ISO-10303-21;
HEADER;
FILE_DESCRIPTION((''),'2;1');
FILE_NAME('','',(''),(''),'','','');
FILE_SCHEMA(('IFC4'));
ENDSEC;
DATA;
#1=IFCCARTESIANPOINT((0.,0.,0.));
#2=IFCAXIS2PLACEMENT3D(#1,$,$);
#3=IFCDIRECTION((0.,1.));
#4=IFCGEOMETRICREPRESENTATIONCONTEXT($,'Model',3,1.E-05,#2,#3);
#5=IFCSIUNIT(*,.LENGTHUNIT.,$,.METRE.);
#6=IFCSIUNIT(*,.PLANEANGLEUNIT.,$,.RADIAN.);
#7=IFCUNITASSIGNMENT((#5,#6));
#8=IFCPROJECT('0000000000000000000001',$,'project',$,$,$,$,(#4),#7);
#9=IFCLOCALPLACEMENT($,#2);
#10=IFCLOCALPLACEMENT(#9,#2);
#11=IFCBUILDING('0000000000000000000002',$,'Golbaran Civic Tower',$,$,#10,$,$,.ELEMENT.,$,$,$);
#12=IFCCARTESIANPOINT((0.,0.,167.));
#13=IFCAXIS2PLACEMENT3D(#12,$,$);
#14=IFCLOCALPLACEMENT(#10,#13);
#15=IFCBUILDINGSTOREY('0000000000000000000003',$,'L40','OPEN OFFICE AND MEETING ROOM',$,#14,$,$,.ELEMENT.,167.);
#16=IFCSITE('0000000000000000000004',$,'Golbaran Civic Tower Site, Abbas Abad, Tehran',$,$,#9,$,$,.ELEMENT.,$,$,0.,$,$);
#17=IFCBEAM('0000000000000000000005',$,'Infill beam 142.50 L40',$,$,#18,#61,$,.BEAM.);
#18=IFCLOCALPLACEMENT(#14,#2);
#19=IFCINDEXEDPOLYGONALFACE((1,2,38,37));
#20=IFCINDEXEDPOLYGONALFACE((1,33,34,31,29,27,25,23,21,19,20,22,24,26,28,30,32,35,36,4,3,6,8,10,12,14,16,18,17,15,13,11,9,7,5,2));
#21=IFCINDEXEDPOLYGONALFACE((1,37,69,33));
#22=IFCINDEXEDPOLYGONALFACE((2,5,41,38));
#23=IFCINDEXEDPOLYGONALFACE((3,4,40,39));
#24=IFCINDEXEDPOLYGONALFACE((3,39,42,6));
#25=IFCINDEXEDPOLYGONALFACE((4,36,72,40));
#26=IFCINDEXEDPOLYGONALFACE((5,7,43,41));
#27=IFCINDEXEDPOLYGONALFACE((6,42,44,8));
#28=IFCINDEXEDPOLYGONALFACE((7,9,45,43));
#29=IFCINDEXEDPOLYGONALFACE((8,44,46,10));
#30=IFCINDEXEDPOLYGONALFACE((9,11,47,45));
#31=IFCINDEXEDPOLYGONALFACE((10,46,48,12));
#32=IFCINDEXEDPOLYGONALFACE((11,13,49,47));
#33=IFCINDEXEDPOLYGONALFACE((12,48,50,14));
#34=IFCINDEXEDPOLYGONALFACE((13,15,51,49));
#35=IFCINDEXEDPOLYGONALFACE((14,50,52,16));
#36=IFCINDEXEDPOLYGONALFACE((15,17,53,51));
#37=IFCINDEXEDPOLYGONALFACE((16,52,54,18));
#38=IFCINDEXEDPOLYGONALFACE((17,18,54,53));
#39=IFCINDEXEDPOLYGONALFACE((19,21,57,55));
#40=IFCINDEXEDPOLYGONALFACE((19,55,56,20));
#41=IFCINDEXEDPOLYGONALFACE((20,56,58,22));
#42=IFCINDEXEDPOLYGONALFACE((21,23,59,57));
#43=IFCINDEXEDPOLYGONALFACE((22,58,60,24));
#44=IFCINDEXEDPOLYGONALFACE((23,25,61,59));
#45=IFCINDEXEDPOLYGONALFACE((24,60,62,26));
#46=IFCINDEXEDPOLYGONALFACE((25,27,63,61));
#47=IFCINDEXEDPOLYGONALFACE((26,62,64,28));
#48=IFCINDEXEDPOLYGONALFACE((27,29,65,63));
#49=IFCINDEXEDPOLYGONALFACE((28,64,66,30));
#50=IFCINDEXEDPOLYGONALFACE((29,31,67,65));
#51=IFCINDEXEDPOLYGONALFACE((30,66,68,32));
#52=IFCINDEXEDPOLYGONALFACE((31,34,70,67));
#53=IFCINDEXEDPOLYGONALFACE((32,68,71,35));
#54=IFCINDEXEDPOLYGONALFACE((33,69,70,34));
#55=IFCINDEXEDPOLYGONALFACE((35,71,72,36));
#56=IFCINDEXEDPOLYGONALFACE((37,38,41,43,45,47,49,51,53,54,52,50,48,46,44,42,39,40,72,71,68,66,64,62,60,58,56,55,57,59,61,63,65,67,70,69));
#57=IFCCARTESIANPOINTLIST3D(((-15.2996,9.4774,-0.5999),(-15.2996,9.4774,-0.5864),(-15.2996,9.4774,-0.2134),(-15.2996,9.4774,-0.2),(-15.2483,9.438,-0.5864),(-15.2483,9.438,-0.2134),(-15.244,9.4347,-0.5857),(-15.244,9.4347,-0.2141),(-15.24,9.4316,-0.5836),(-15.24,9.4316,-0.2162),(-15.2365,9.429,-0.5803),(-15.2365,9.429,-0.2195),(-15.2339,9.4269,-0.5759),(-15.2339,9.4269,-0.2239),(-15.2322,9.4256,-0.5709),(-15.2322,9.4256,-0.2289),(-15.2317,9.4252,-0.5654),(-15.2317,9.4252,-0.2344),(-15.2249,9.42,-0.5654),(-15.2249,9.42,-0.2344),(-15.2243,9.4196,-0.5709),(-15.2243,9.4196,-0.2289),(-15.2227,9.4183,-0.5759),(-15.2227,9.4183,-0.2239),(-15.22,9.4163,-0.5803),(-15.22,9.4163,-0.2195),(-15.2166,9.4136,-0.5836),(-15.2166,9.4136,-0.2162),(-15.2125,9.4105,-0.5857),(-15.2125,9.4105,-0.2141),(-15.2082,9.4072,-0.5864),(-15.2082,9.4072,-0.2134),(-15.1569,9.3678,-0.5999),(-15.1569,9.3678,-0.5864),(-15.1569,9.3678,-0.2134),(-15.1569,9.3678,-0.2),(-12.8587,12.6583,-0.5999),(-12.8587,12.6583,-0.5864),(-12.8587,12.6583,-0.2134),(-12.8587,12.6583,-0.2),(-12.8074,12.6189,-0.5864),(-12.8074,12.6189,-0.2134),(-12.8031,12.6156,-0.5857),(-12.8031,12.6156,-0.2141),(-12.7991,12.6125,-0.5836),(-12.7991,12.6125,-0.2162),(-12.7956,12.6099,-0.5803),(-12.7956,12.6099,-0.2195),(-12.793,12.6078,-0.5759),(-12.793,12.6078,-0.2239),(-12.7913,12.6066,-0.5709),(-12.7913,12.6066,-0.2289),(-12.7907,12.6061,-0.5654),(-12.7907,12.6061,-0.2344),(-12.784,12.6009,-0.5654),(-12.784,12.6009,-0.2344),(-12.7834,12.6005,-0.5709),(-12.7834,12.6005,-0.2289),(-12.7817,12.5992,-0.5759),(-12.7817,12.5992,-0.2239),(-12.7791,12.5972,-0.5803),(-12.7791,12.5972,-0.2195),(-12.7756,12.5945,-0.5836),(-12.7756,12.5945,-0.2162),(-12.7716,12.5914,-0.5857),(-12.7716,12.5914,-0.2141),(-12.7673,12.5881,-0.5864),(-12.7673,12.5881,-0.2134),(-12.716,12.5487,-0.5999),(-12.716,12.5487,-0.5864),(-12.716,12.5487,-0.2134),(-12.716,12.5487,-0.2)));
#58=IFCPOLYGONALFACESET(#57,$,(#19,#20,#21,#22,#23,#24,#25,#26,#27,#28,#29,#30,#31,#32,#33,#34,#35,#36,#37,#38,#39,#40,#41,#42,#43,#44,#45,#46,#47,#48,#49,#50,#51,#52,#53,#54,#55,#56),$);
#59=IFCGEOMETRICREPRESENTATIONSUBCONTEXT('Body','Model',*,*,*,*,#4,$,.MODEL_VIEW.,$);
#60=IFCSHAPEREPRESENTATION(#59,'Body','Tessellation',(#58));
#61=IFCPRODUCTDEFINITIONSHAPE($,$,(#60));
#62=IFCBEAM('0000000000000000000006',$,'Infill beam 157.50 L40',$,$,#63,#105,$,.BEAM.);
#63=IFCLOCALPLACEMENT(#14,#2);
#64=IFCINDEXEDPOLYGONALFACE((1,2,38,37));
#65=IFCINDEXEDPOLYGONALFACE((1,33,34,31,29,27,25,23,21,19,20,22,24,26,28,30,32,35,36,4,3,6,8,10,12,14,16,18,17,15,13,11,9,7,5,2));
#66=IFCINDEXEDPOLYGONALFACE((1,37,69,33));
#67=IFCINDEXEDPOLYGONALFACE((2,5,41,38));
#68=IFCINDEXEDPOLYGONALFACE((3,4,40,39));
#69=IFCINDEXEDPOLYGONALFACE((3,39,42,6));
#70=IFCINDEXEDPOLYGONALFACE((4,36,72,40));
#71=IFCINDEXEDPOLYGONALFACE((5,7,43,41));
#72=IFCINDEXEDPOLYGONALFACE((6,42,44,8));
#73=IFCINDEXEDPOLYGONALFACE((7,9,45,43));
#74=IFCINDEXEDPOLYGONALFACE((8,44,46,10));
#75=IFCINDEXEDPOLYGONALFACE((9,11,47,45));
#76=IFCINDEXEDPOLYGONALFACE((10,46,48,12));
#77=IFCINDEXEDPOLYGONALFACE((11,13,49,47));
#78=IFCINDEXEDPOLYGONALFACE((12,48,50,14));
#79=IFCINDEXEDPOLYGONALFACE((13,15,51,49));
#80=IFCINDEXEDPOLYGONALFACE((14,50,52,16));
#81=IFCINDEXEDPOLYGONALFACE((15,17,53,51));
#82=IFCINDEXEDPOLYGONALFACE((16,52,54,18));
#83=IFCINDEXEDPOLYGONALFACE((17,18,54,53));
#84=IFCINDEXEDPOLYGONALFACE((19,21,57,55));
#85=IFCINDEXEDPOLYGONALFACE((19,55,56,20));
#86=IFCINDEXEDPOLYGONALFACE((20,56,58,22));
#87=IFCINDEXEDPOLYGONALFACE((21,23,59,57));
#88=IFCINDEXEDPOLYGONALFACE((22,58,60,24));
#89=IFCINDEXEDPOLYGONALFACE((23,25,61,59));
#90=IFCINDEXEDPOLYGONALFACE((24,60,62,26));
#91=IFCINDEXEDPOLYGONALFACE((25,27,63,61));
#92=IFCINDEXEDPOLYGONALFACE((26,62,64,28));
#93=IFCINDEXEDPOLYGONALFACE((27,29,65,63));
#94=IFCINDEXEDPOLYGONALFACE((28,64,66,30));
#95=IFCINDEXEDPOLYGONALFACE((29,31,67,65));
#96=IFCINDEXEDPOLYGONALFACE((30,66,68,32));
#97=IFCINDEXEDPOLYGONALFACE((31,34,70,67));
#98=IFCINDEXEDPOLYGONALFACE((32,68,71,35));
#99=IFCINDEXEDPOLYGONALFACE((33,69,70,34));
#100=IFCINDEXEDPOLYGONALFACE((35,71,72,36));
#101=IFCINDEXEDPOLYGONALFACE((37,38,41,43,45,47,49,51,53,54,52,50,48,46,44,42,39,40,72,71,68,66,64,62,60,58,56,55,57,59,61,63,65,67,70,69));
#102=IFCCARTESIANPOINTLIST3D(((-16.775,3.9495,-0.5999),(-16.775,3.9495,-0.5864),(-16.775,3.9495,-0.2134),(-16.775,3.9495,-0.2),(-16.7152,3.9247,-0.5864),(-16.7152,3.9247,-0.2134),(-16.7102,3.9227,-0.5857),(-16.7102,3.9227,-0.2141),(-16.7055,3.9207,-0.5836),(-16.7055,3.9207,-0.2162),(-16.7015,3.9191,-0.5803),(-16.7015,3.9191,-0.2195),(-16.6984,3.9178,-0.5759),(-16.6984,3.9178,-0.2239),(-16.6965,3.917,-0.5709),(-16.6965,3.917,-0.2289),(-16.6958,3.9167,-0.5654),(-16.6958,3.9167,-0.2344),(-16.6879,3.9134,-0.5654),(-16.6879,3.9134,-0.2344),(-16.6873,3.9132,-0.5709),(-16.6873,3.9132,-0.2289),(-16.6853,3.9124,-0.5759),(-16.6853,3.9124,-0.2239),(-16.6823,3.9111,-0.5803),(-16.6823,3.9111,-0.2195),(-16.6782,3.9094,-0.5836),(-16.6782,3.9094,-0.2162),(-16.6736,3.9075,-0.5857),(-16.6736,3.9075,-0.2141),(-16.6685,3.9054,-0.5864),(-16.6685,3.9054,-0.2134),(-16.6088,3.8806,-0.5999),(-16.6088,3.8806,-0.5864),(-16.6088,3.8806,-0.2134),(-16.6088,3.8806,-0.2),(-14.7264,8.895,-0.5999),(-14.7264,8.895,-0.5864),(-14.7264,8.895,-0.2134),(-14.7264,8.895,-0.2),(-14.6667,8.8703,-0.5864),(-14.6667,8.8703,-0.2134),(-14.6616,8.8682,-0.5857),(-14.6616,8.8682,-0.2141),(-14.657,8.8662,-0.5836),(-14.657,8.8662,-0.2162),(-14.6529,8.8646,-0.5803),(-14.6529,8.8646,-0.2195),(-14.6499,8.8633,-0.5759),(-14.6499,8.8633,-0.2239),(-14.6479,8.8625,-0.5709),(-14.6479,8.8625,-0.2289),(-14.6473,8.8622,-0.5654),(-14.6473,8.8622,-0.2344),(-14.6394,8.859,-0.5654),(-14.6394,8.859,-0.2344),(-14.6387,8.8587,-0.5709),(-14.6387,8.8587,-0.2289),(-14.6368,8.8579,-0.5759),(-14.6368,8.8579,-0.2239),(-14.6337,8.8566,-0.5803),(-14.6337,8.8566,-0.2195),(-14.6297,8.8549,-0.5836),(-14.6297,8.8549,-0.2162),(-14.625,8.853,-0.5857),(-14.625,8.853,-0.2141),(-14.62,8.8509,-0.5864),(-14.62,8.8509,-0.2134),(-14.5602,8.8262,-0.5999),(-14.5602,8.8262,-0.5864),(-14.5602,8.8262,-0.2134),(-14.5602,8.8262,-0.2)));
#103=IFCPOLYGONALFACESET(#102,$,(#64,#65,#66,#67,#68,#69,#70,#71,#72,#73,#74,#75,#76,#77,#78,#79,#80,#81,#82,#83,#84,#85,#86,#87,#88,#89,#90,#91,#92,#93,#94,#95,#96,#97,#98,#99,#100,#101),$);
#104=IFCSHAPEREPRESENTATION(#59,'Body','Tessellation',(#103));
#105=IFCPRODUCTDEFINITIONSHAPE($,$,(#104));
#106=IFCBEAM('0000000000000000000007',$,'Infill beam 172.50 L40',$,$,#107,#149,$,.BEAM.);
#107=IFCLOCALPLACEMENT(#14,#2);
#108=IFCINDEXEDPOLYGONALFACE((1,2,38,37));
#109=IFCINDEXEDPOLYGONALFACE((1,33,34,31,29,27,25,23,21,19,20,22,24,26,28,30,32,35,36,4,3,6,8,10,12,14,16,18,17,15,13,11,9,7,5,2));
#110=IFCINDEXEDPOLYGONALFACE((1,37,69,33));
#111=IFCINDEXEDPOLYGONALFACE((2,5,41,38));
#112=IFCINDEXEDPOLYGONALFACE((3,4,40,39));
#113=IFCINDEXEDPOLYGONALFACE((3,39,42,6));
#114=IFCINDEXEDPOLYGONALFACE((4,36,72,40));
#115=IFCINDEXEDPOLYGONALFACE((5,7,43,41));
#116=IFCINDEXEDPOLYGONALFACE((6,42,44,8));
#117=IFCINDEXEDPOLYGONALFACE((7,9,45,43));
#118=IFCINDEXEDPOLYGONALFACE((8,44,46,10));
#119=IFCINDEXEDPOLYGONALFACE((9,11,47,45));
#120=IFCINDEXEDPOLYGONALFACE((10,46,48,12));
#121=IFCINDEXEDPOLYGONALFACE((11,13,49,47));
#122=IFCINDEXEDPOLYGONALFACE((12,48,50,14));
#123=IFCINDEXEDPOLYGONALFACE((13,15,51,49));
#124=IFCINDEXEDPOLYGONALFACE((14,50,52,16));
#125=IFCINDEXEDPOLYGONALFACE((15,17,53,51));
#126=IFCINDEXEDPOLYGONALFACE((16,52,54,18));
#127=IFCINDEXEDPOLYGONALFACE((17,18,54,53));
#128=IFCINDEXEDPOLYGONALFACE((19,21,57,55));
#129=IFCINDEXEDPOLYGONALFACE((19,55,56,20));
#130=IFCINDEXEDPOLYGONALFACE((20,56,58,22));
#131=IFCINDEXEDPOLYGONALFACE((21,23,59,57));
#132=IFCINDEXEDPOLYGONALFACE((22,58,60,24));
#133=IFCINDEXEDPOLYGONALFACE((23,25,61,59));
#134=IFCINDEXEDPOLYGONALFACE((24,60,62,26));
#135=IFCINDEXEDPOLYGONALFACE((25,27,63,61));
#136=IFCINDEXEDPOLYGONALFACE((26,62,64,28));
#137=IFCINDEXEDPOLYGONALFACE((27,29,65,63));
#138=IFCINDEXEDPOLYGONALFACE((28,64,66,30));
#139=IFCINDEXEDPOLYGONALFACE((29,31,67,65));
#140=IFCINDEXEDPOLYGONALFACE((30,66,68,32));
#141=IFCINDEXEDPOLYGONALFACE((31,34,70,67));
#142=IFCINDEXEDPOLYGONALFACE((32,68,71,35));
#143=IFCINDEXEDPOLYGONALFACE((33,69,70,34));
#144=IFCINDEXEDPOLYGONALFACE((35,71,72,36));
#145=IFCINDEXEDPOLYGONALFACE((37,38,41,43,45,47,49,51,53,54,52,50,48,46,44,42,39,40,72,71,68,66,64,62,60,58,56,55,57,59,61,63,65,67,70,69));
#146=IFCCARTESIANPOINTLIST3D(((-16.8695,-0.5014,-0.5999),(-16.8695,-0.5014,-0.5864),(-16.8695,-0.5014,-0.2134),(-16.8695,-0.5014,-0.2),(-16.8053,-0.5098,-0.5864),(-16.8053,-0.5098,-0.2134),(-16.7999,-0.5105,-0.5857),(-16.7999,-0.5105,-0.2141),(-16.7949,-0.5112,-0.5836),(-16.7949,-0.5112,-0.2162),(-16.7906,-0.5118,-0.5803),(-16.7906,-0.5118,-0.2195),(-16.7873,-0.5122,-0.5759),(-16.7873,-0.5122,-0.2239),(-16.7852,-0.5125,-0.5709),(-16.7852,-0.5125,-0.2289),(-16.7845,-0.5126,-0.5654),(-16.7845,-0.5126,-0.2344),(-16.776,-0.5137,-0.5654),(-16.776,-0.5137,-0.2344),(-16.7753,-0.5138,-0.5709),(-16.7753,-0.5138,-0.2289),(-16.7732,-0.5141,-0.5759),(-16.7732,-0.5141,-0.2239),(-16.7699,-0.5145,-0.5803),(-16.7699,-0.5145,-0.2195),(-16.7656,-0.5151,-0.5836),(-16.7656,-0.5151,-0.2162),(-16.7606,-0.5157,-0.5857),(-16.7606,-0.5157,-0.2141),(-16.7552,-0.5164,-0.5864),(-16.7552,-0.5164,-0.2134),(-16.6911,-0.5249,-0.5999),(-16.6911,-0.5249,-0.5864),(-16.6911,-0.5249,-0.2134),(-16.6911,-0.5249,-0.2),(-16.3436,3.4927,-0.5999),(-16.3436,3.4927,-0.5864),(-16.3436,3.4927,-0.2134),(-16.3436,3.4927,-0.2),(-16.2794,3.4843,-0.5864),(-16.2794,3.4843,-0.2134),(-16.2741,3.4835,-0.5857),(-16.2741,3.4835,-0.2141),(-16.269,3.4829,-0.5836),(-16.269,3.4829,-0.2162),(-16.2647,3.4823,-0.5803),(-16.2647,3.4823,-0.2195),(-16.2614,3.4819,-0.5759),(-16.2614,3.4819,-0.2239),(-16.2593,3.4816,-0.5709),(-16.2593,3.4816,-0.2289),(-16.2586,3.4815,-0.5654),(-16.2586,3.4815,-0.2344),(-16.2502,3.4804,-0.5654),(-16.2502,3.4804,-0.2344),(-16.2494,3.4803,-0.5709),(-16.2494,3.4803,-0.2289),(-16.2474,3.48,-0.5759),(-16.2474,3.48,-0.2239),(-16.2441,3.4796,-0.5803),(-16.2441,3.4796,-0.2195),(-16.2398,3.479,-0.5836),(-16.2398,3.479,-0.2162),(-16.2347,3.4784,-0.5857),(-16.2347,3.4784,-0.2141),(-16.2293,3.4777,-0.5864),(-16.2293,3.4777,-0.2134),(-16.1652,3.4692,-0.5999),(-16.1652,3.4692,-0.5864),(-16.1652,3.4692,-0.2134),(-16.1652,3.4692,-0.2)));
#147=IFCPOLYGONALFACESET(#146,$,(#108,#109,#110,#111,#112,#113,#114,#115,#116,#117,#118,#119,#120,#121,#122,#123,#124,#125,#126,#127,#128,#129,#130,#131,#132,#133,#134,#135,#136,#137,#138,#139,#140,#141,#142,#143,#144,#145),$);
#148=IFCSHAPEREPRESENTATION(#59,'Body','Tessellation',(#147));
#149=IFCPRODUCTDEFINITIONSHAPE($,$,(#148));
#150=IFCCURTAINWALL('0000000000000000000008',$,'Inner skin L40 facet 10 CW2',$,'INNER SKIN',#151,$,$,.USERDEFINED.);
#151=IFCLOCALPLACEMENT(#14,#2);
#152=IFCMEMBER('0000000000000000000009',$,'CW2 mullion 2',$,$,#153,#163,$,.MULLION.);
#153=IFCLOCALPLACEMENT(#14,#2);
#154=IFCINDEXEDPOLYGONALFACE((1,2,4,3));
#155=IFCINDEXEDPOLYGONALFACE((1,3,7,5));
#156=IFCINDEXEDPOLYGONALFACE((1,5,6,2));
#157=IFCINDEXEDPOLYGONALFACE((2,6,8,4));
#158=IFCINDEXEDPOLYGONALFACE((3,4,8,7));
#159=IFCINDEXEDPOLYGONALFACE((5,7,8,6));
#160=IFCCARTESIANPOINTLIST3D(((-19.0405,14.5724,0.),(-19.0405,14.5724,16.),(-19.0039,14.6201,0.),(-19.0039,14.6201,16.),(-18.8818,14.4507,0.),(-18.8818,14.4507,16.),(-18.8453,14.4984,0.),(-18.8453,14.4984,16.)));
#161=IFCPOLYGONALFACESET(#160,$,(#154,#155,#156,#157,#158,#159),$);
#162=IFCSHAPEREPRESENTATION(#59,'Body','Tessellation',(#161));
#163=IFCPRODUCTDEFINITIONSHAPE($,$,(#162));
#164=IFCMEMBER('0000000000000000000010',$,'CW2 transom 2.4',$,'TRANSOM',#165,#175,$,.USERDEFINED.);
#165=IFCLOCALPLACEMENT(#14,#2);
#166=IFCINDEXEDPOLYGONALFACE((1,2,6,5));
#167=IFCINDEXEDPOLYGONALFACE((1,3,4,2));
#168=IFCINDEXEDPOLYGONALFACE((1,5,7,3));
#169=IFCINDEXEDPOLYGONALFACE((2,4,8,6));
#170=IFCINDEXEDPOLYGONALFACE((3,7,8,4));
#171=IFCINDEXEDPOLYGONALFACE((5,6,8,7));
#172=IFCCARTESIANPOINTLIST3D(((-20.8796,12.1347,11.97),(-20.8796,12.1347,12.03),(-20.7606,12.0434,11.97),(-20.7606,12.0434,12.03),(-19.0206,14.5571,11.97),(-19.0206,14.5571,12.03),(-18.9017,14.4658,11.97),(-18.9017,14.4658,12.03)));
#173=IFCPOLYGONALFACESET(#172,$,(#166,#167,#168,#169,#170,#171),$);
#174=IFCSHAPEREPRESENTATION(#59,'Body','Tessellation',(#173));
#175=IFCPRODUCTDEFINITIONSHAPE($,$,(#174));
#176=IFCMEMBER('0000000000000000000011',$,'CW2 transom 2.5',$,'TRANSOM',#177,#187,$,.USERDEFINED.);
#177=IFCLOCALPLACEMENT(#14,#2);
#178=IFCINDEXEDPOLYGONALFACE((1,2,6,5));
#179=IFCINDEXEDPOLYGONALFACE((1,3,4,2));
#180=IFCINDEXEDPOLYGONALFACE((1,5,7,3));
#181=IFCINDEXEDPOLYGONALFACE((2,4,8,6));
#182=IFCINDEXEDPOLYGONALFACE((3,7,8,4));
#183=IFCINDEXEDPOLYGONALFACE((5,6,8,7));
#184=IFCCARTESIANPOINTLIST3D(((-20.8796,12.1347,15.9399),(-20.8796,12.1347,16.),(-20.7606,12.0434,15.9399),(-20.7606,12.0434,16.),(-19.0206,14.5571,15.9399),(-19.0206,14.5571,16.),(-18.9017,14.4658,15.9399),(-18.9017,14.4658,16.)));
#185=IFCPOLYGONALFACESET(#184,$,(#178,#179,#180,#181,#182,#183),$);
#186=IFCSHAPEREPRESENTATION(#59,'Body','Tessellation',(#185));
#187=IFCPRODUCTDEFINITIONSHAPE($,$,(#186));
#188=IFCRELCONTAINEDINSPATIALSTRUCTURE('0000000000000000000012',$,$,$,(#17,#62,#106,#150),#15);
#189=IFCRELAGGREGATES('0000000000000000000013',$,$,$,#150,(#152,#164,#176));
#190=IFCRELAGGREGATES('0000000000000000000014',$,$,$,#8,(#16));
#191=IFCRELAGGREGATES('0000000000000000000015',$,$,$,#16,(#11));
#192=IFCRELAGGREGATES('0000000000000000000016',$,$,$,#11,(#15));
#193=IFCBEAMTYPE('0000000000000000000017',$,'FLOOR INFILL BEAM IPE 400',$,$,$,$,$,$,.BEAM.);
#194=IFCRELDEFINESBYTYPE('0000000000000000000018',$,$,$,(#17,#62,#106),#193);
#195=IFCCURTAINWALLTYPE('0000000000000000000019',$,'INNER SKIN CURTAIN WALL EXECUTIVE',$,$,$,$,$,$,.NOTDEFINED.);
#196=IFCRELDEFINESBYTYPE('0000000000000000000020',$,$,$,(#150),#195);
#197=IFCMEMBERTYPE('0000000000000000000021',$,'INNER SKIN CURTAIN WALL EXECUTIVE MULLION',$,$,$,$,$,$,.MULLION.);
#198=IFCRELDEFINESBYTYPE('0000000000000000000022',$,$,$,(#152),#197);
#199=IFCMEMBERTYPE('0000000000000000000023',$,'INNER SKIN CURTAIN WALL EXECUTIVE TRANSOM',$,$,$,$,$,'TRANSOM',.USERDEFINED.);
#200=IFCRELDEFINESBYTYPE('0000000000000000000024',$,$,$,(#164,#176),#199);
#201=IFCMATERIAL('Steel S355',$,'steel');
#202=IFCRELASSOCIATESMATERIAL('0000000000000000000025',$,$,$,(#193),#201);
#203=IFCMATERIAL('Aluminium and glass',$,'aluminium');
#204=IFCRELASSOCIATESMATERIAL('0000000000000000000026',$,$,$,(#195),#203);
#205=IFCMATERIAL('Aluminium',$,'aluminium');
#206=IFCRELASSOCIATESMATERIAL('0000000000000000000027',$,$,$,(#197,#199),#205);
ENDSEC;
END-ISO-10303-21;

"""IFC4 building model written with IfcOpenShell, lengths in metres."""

from ifc_helpers import new_model, si_unit, direction, frame, origin, origin_2d, place, context, subcontext, project, spatial, rectangle, i_section, extrude, material, material_profile, profile_set, type_object, element, aggregate, save


model = new_model("IFC4")

# Units and contexts
model_context = context("Model", 3, precision=1e-05, world=origin(), true_north=direction((0.0, 1.0)))
body_context = subcontext(model_context, "Body", "Model", "MODEL_VIEW")
ifc_project = project(units=[si_unit("LENGTHUNIT", "METRE"), si_unit("PLANEANGLEUNIT", "RADIAN")], contexts=[model_context])

# Site, building, storey
site_placement = place(None, origin())
site = spatial("IfcSite", under=ifc_project, at=site_placement, Name="Golbaran Civic Tower Site, Abbas Abad, Tehran", CompositionType="ELEMENT", RefElevation=0.0)
building_placement = place(site_placement, origin())
building = spatial("IfcBuilding", under=site, at=building_placement, Name="Golbaran Civic Tower", CompositionType="ELEMENT")
storey_placement = place(building_placement, frame((0.0, 0.0, 167.0)))
storey = spatial("IfcBuildingStorey", under=building, at=storey_placement, Name="L40", Description="OPEN OFFICE AND MEETING ROOM", CompositionType="ELEMENT", Elevation=167.0)

# Beams
ifc_material_1 = material(Name="Steel S355", Category="steel")
ifc_material_profile_1 = material_profile(ifc_material_1, i_section(OverallWidth=0.1799, OverallDepth=0.3999, WebThickness=0.0085, FlangeThickness=0.0134, FilletRadius=0.021, at=origin_2d()), Name="IPE 400")
ifc_profile_set_1 = profile_set([ifc_material_profile_1], Name="Steel S355")
beam_type_1 = type_object("IfcBeamType", Name="FLOOR INFILL BEAM IPE 400", PredefinedType="BEAM", material=ifc_profile_set_1)
beam_1_placement = place(storey_placement, frame((-12.7874, 12.6035, -0.3999), z_axis=(-0.60878, -0.793339, 0.0), x_axis=(0.793339, -0.60878, 0.0)))
element("IfcBeam", 1, at=beam_1_placement, inside=storey, type_object=beam_type_1, Name="Infill beam 142.50 L40", PredefinedType="BEAM", context=body_context, shape_type="SweptSolid", body=[
    extrude(i_section(OverallWidth=0.1799, OverallDepth=0.3999, WebThickness=0.0085, FlangeThickness=0.0134, FilletRadius=0.021, at=origin_2d()), origin(), (0.0, 0.0, 1.0), 4.0095),
])
beam_2_placement = place(storey_placement, frame((-14.6433, 8.8606, -0.3999), z_axis=(-0.382694, -0.923875, 0.0), x_axis=(0.923875, -0.382694, 0.0)))
element("IfcBeam", 2, at=beam_2_placement, inside=storey, type_object=beam_type_1, Name="Infill beam 157.50 L40", PredefinedType="BEAM", context=body_context, shape_type="SweptSolid", body=[
    extrude(i_section(OverallWidth=0.1799, OverallDepth=0.3999, WebThickness=0.0085, FlangeThickness=0.0134, FilletRadius=0.021, at=origin_2d()), origin(), (0.0, 0.0, 1.0), 5.353),
])
beam_3_placement = place(storey_placement, frame((-16.2544, 3.481, -0.3999), z_axis=(-0.130536, -0.991444, 0.0), x_axis=(0.991444, -0.130536, 0.0)))
element("IfcBeam", 3, at=beam_3_placement, inside=storey, type_object=beam_type_1, Name="Infill beam 172.50 L40", PredefinedType="BEAM", context=body_context, shape_type="SweptSolid", body=[
    extrude(i_section(OverallWidth=0.1799, OverallDepth=0.3999, WebThickness=0.0085, FlangeThickness=0.0134, FilletRadius=0.021, at=origin_2d()), origin(), (0.0, 0.0, 1.0), 4.0286),
])

# Curtain wall, members
ifc_material_2 = material(Name="Aluminium and glass", Category="aluminium")
curtain_wall_type = type_object("IfcCurtainWallType", Name="INNER SKIN CURTAIN WALL EXECUTIVE", PredefinedType="NOTDEFINED", material=ifc_material_2)
curtain_wall_placement = place(storey_placement, origin())
curtain_wall = element("IfcCurtainWall", 4, at=curtain_wall_placement, inside=storey, type_object=curtain_wall_type, Name="Inner skin L40 facet 10 CW2", ObjectType="INNER SKIN", PredefinedType="USERDEFINED")
ifc_material_3 = material(Name="Aluminium", Category="aluminium")
ifc_material_profile_2 = material_profile(ifc_material_3, rectangle(XDim=0.2, YDim=0.0601, at=origin_2d()), Name="INNER SKIN CURTAIN WALL EXECUTIVE MULLION")
ifc_profile_set_2 = profile_set([ifc_material_profile_2], Name="Aluminium")
member_type_1 = type_object("IfcMemberType", Name="INNER SKIN CURTAIN WALL EXECUTIVE MULLION", PredefinedType="MULLION", material=ifc_profile_set_2)
member_1_placement = place(storey_placement, frame((-18.9429, 14.5354, 0.0), z_axis=(0.0, 0.0, 1.0), x_axis=(0.793353, -0.608761, 0.0)))
member_1 = element("IfcMember", 5, at=member_1_placement, type_object=member_type_1, Name="CW2 mullion 2", PredefinedType="MULLION", context=body_context, shape_type="SweptSolid", body=[
    extrude(rectangle(XDim=0.2, YDim=0.0601, at=origin_2d()), origin(), (0.0, 0.0, 1.0), 16.0),
])
ifc_material_profile_3 = material_profile(ifc_material_3, rectangle(XDim=0.1499, YDim=0.0601, at=origin_2d()), Name="INNER SKIN CURTAIN WALL EXECUTIVE TRANSOM")
ifc_profile_set_3 = profile_set([ifc_material_profile_3], Name="Aluminium")
member_type_2 = type_object("IfcMemberType", Name="INNER SKIN CURTAIN WALL EXECUTIVE TRANSOM", ElementType="TRANSOM", PredefinedType="USERDEFINED", material=ifc_profile_set_3)
member_2_placement = place(storey_placement, frame((-18.9612, 14.5115, 12.0), z_axis=(-0.608791, -0.793331, 0.0), x_axis=(0.793331, -0.608791, 0.0)))
member_2 = element("IfcMember", 6, at=member_2_placement, type_object=member_type_2, Name="CW2 transom 2.4", ObjectType="TRANSOM", PredefinedType="USERDEFINED", context=body_context, shape_type="SweptSolid", body=[
    extrude(rectangle(XDim=0.1499, YDim=0.0601, at=origin_2d()), origin(), (0.0, 0.0, 1.0), 3.0535),
])
member_3_placement = place(storey_placement, frame((-18.9612, 14.5115, 15.97), z_axis=(-0.608791, -0.793331, 0.0), x_axis=(0.793331, -0.608791, 0.0)))
member_3 = element("IfcMember", 7, at=member_3_placement, type_object=member_type_2, Name="CW2 transom 2.5", ObjectType="TRANSOM", PredefinedType="USERDEFINED", context=body_context, shape_type="SweptSolid", body=[
    extrude(rectangle(XDim=0.1499, YDim=0.0601, at=origin_2d()), origin(), (0.0, 0.0, 1.0), 3.0535),
])

aggregate(curtain_wall, [member_1, member_2, member_3])

save(model, "model.ifc")
